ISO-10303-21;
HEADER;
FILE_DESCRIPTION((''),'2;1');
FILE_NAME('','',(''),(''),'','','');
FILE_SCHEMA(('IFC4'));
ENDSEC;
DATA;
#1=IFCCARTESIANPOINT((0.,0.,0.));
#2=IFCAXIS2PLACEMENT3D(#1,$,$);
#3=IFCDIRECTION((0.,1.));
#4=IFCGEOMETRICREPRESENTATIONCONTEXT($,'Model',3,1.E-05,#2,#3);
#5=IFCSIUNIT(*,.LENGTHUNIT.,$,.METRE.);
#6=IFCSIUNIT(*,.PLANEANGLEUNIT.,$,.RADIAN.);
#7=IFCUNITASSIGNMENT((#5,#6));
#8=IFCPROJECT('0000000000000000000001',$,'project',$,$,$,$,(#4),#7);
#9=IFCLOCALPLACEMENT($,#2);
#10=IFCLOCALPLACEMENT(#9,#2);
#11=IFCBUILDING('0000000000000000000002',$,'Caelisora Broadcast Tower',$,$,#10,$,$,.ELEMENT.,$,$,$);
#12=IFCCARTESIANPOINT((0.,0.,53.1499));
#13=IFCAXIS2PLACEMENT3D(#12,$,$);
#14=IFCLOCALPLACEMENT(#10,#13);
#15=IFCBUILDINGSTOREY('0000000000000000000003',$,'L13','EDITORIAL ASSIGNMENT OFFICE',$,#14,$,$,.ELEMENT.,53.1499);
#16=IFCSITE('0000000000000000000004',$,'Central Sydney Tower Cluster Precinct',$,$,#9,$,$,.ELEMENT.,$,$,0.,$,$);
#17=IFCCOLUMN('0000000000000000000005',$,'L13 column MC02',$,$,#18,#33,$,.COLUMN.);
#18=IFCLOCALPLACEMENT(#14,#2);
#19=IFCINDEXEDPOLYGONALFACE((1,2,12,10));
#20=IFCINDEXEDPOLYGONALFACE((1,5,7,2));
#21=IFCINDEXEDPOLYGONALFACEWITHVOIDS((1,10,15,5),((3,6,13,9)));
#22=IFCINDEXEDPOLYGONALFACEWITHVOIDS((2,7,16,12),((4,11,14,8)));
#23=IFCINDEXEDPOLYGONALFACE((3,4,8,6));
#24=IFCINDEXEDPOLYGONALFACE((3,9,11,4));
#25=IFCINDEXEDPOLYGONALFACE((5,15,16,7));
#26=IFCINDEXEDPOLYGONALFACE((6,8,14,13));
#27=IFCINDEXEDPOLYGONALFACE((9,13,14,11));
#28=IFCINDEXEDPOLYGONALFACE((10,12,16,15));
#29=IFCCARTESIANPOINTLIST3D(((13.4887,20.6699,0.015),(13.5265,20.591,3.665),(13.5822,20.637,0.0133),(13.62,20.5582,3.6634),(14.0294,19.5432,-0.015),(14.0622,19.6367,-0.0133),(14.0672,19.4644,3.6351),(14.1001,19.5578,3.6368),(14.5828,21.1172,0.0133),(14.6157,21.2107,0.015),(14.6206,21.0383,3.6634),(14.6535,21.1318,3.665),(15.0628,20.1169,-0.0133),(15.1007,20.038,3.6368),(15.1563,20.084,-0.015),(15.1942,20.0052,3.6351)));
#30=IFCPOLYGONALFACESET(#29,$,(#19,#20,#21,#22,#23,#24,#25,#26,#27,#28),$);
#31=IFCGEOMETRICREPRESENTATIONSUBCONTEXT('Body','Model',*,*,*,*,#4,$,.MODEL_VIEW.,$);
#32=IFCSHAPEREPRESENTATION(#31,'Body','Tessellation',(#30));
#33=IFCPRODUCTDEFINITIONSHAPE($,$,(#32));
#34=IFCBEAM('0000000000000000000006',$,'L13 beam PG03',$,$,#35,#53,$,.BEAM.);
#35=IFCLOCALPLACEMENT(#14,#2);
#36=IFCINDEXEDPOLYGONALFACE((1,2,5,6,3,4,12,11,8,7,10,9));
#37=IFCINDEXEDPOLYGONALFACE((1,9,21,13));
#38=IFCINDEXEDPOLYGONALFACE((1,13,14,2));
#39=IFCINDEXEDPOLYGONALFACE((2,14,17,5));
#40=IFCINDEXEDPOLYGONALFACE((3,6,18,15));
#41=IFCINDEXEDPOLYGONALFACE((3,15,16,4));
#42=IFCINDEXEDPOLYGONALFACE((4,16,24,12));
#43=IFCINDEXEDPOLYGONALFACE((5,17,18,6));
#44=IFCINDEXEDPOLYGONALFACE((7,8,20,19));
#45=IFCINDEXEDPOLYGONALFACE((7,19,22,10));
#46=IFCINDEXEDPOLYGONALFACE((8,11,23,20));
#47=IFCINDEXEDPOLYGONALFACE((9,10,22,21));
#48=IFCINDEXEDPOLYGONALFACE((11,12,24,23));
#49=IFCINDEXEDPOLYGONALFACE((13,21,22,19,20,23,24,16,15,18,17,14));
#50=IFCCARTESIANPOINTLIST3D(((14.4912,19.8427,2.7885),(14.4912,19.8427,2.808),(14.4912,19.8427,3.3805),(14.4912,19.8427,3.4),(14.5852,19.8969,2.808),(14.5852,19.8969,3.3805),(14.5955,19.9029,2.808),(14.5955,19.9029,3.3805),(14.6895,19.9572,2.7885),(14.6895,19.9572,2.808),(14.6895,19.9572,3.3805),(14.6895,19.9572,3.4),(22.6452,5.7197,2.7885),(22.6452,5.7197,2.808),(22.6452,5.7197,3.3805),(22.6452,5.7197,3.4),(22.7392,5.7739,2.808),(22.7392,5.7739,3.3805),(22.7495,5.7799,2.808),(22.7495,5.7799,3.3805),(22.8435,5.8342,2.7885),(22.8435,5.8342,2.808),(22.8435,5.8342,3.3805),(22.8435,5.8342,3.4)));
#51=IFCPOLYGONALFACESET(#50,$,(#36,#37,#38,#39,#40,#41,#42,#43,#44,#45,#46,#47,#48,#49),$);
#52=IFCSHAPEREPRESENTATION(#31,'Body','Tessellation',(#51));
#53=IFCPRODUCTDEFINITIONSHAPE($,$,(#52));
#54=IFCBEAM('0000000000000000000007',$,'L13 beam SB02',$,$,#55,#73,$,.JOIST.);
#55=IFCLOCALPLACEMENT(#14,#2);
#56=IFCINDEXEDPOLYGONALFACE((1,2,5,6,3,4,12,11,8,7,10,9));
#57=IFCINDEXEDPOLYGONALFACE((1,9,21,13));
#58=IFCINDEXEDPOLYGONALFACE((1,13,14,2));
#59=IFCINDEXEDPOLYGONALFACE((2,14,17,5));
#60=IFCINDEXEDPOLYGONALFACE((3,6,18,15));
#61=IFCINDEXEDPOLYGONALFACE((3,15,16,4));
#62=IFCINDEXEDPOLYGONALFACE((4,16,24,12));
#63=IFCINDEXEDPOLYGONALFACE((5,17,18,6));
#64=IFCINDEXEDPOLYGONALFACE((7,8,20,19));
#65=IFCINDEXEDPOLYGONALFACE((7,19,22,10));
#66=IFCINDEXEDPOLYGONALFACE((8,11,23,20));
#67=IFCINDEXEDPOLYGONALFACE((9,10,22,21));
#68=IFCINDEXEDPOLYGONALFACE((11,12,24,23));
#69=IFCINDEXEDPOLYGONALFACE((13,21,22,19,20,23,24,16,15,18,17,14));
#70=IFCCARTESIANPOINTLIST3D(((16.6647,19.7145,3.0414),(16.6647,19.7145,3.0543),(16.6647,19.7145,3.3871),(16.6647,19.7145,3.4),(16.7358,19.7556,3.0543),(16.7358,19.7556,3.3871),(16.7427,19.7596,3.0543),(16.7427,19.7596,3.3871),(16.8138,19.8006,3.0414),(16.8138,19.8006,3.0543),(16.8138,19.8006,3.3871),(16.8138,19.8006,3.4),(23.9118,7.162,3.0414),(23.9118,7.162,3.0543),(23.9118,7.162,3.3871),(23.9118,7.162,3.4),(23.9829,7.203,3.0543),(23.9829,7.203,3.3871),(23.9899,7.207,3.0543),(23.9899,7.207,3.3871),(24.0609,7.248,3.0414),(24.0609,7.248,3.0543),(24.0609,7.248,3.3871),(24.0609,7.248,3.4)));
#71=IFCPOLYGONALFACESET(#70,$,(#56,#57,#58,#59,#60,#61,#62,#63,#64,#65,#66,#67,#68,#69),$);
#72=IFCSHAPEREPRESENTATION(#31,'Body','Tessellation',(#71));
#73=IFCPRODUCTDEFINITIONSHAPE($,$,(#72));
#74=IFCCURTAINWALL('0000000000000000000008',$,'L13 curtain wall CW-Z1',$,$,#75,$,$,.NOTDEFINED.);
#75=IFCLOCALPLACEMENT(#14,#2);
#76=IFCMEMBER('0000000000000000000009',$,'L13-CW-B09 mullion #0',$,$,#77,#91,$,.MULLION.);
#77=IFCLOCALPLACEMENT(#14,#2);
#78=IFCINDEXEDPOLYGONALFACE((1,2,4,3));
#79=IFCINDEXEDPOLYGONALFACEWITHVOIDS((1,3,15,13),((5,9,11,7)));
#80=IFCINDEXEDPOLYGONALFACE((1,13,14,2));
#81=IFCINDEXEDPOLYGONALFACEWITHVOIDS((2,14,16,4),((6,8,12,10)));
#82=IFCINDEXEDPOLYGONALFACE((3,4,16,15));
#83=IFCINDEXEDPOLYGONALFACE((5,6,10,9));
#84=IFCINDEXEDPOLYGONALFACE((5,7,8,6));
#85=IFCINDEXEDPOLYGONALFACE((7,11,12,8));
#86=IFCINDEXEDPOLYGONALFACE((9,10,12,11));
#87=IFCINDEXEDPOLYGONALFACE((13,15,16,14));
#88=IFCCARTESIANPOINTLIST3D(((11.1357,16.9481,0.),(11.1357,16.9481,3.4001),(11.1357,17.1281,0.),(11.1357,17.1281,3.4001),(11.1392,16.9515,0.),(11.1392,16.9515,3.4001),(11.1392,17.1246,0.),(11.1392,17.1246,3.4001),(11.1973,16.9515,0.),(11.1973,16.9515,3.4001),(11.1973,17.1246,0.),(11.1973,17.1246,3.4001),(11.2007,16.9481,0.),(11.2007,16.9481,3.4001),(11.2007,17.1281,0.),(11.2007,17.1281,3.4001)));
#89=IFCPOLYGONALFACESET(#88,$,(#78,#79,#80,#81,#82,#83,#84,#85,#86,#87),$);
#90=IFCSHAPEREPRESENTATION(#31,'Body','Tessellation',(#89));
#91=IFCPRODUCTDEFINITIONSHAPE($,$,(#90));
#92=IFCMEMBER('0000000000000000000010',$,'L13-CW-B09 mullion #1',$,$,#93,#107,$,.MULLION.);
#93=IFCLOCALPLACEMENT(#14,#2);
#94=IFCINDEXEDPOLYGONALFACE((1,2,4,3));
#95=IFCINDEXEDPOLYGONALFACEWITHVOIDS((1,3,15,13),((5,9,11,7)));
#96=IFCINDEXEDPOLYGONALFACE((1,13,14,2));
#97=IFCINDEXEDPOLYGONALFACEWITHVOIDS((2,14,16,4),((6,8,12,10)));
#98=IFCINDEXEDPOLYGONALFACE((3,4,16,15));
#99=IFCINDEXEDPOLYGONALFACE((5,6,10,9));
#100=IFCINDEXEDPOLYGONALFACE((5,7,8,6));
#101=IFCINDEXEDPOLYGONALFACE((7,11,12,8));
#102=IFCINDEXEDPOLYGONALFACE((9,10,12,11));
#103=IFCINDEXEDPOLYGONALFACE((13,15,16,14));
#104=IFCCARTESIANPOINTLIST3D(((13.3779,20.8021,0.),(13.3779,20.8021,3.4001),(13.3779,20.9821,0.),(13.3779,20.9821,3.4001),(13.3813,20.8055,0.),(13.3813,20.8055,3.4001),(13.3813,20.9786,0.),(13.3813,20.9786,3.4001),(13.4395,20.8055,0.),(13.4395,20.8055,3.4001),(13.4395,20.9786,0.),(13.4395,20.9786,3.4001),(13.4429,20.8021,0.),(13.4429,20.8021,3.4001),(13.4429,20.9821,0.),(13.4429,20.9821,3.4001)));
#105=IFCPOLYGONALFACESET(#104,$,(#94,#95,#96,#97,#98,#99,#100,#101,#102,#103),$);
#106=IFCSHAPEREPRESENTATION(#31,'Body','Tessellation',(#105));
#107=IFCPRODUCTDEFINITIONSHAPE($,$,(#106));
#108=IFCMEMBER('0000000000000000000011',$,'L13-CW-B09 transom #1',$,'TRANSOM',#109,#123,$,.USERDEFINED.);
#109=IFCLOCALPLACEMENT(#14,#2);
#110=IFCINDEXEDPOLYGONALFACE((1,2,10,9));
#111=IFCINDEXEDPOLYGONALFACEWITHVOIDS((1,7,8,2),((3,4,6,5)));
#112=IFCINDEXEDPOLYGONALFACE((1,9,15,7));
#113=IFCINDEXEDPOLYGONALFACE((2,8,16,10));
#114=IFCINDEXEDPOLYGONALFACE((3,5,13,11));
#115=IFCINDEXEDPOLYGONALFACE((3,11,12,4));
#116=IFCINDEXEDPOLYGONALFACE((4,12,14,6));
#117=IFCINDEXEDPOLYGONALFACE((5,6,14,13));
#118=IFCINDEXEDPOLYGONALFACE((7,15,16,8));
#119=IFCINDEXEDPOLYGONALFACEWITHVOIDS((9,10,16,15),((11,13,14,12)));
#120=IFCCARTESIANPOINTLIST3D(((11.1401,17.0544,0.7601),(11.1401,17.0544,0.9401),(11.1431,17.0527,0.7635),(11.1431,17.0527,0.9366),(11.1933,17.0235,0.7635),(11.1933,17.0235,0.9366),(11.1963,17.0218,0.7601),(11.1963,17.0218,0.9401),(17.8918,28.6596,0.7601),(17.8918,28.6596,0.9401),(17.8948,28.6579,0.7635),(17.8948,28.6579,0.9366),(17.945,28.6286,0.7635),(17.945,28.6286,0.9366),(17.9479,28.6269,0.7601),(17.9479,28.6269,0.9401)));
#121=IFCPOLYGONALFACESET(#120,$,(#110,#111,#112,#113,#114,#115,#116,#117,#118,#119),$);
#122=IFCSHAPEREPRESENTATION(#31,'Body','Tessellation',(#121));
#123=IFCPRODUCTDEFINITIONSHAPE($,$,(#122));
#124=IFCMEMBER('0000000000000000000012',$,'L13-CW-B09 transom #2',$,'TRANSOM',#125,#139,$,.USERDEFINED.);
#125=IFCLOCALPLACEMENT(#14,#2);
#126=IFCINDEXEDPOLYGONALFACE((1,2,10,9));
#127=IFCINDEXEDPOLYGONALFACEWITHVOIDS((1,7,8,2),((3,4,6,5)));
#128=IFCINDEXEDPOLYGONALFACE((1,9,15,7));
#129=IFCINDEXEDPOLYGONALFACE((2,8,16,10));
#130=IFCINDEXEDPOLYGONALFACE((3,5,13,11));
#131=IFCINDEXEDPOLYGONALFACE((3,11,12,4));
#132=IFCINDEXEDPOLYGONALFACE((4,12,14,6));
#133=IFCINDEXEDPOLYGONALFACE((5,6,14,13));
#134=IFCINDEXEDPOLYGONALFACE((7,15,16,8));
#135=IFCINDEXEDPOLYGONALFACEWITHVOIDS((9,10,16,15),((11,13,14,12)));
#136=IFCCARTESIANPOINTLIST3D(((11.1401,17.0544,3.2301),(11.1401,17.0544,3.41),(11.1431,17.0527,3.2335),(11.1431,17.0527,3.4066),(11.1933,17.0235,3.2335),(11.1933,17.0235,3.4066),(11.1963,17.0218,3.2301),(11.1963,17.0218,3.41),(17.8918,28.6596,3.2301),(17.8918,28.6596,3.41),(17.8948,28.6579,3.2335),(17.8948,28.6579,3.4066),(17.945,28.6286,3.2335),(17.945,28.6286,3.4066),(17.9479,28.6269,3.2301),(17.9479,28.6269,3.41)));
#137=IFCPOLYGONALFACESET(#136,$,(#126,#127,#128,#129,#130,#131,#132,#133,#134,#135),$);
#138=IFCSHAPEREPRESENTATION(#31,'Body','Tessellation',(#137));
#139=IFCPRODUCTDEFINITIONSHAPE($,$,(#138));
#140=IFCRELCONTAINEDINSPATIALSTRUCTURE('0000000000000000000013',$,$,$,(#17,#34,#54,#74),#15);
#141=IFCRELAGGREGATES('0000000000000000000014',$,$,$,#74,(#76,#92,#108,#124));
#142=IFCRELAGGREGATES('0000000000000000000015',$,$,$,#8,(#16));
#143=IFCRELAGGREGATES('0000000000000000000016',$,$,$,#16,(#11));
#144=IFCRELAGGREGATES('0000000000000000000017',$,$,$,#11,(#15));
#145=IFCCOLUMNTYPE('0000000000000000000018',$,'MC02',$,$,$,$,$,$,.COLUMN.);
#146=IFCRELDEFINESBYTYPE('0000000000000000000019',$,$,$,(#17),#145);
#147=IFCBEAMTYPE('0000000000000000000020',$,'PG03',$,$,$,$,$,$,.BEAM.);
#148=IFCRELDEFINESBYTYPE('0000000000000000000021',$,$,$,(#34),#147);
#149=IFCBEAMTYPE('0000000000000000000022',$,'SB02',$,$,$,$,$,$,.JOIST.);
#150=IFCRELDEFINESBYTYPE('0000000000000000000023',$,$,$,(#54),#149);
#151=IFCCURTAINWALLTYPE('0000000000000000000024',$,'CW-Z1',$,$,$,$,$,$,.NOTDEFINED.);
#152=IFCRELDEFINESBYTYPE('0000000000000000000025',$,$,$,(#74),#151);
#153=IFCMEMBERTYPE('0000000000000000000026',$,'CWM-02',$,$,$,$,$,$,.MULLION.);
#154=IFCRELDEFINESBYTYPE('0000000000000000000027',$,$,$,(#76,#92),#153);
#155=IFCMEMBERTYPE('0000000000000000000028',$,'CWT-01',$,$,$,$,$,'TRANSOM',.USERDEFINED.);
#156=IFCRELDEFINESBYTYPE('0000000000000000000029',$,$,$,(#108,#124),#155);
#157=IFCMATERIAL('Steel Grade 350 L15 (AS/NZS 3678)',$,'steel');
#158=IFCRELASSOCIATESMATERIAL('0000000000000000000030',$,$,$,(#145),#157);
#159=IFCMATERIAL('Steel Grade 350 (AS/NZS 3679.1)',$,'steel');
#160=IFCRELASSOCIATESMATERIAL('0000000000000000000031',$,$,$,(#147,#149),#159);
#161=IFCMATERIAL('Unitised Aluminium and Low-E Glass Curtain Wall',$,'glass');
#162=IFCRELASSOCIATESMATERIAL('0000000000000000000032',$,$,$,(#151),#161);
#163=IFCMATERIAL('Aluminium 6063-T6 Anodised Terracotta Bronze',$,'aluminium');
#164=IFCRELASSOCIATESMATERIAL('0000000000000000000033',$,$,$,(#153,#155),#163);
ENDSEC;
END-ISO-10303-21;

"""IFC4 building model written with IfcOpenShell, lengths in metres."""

from ifc_helpers import new_model, si_unit, direction, frame, origin, origin_2d, place, context, subcontext, project, spatial, hollow_rectangle, i_section, extrude, source, transform, mapped, material, material_profile, profile_set, type_object, type_shapes, element, aggregate, save


model = new_model("IFC4")

# Units and contexts
model_context = context("Model", 3, precision=1e-05, world=origin(), true_north=direction((0.0, 1.0)))
body_context = subcontext(model_context, "Body", "Model", "MODEL_VIEW")
ifc_project = project(units=[si_unit("LENGTHUNIT", "METRE"), si_unit("PLANEANGLEUNIT", "RADIAN")], contexts=[model_context])

# Site, building, storey
site_placement = place(None, origin())
site = spatial("IfcSite", under=ifc_project, at=site_placement, Name="Central Sydney Tower Cluster Precinct", CompositionType="ELEMENT", RefElevation=0.0)
building_placement = place(site_placement, origin())
building = spatial("IfcBuilding", under=site, at=building_placement, Name="Caelisora Broadcast Tower", CompositionType="ELEMENT")
storey_placement = place(building_placement, frame((0.0, 0.0, 53.1499)))
storey = spatial("IfcBuildingStorey", under=building, at=storey_placement, Name="L13", Description="EDITORIAL ASSIGNMENT OFFICE", CompositionType="ELEMENT", Elevation=53.1499)

# Column
ifc_material_1 = material(Name="Steel Grade 350 L15 (AS/NZS 3678)", Category="steel")
ifc_material_profile_1 = material_profile(ifc_material_1, hollow_rectangle(XDim=1.25, YDim=1.25, WallThickness=0.0701, at=origin_2d()), Name="Steel Grade 350 L15 (AS/NZS 3678)")
ifc_profile_set_1 = profile_set([ifc_material_profile_1], Name="Steel Grade 350 L15 (AS/NZS 3678)")
column_type = type_object("IfcColumnType", Name="MC02", PredefinedType="COLUMN", material=ifc_profile_set_1)
shared_shape_1 = source(origin(), body_context, "Body", "SweptSolid", [
    extrude(hollow_rectangle(XDim=1.25, YDim=1.25, WallThickness=0.0701, at=origin_2d()), origin(), (0.0, 0.0, 1.0), 3.6511),
])
type_shapes(column_type, [shared_shape_1])
column_placement = place(storey_placement, frame((14.3225, 20.377, 0.0), z_axis=(0.010364, -0.021598, 0.999713), x_axis=(0.901567, 0.43264, 0.0)))
element("IfcColumn", 1, at=column_placement, inside=storey, type_object=column_type, Name="L13 column MC02", PredefinedType="COLUMN", context=body_context, shape_type="MappedRepresentation", body=[
    mapped(shared_shape_1, transform((0.0, 0.0, 0.0), scale=1.0)),
])

# Beams
ifc_material_2 = material(Name="Steel Grade 350 (AS/NZS 3679.1)", Category="steel")
ifc_material_profile_2 = material_profile(ifc_material_2, i_section(OverallWidth=0.229, OverallDepth=0.6116, WebThickness=0.012, FlangeThickness=0.0195, at=origin_2d()), Name="Steel Grade 350 (AS/NZS 3679.1)")
ifc_profile_set_2 = profile_set([ifc_material_profile_2], Name="Steel Grade 350 (AS/NZS 3679.1)")
beam_type_1 = type_object("IfcBeamType", Name="PG03", PredefinedType="BEAM", material=ifc_profile_set_2)
shared_shape_2 = source(origin(), body_context, "Body", "SweptSolid", [
    extrude(i_section(OverallWidth=0.229, OverallDepth=0.6116, WebThickness=0.012, FlangeThickness=0.0195, at=origin_2d()), origin(), (0.0, 0.0, 1.0), 16.3079),
])
type_shapes(beam_type_1, [shared_shape_2])
beam_1_placement = place(storey_placement, frame((14.5903, 19.8999, 3.0942), z_axis=(0.500005, -0.866023, 0.0), x_axis=(0.866023, 0.500005, 0.0)))
element("IfcBeam", 2, at=beam_1_placement, inside=storey, type_object=beam_type_1, Name="L13 beam PG03", PredefinedType="BEAM", context=body_context, shape_type="MappedRepresentation", body=[
    mapped(shared_shape_2, transform((0.0, 0.0, 0.0), scale=1.0)),
])
ifc_material_profile_3 = material_profile(ifc_material_2, i_section(OverallWidth=0.1721, OverallDepth=0.3586, WebThickness=0.0081, FlangeThickness=0.0129, at=origin_2d()), Name="Steel Grade 350 (AS/NZS 3679.1)")
ifc_profile_set_3 = profile_set([ifc_material_profile_3], Name="Steel Grade 350 (AS/NZS 3679.1)")
beam_type_2 = type_object("IfcBeamType", Name="SB02", PredefinedType="JOIST", material=ifc_profile_set_3)
shared_shape_3 = source(origin(), body_context, "Body", "SweptSolid", [
    extrude(i_section(OverallWidth=0.1721, OverallDepth=0.3586, WebThickness=0.0081, FlangeThickness=0.0129, at=origin_2d()), origin(), (0.0, 0.0, 1.0), 14.4944),
])
type_shapes(beam_type_2, [shared_shape_3])
beam_2_placement = place(storey_placement, frame((16.7393, 19.7576, 3.2207), z_axis=(0.499994, -0.866029, 0.0), x_axis=(0.866029, 0.499994, 0.0)))
element("IfcBeam", 3, at=beam_2_placement, inside=storey, type_object=beam_type_2, Name="L13 beam SB02", PredefinedType="JOIST", context=body_context, shape_type="MappedRepresentation", body=[
    mapped(shared_shape_3, transform((0.0, 0.0, 0.0), scale=1.0)),
])

# Curtain wall, members
ifc_material_3 = material(Name="Unitised Aluminium and Low-E Glass Curtain Wall", Category="glass")
curtain_wall_type = type_object("IfcCurtainWallType", Name="CW-Z1", PredefinedType="NOTDEFINED", material=ifc_material_3)
curtain_wall_placement = place(storey_placement, origin())
curtain_wall = element("IfcCurtainWall", 4, at=curtain_wall_placement, inside=storey, type_object=curtain_wall_type, Name="L13 curtain wall CW-Z1", PredefinedType="NOTDEFINED")
ifc_material_4 = material(Name="Aluminium 6063-T6 Anodised Terracotta Bronze", Category="aluminium")
ifc_material_profile_4 = material_profile(ifc_material_4, hollow_rectangle(XDim=0.0649, YDim=0.1799, WallThickness=0.0034, at=origin_2d()), Name="Aluminium 6063-T6 Anodised Terracotta Bronze")
ifc_profile_set_4 = profile_set([ifc_material_profile_4], Name="Aluminium 6063-T6 Anodised Terracotta Bronze")
member_type_1 = type_object("IfcMemberType", Name="CWM-02", PredefinedType="MULLION", material=ifc_profile_set_4)
shared_shape_4 = source(origin(), body_context, "Body", "SweptSolid", [
    extrude(hollow_rectangle(XDim=0.0649, YDim=0.1799, WallThickness=0.0034, at=origin_2d()), origin(), (0.0, 0.0, 1.0), 3.4001),
])
type_shapes(member_type_1, [shared_shape_4])
member_1_placement = place(storey_placement, frame((11.1682, 17.0381, 0.0), z_axis=(0.0, 0.0, 1.0), x_axis=(1.0, 0.0, 0.0)))
member_1 = element("IfcMember", 5, at=member_1_placement, type_object=member_type_1, Name="L13-CW-B09 mullion #0", PredefinedType="MULLION", context=body_context, shape_type="MappedRepresentation", body=[
    mapped(shared_shape_4, transform((0.0, 0.0, 0.0), scale=1.0)),
])
member_2_placement = place(storey_placement, frame((13.4104, 20.8921, 0.0), z_axis=(0.0, 0.0, 1.0), x_axis=(1.0, 0.0, 0.0)))
member_2 = element("IfcMember", 6, at=member_2_placement, type_object=member_type_1, Name="L13-CW-B09 mullion #1", PredefinedType="MULLION", context=body_context, shape_type="MappedRepresentation", body=[
    mapped(shared_shape_4, transform((0.0, 0.0, 0.0), scale=1.0)),
])
ifc_material_profile_5 = material_profile(ifc_material_4, hollow_rectangle(XDim=0.0649, YDim=0.1799, WallThickness=0.0034, at=origin_2d()), Name="Aluminium 6063-T6 Anodised Terracotta Bronze")
ifc_profile_set_5 = profile_set([ifc_material_profile_5], Name="Aluminium 6063-T6 Anodised Terracotta Bronze")
member_type_2 = type_object("IfcMemberType", Name="CWT-01", ElementType="TRANSOM", PredefinedType="USERDEFINED", material=ifc_profile_set_5)
shared_shape_5 = source(origin(), body_context, "Body", "SweptSolid", [
    extrude(hollow_rectangle(XDim=0.0649, YDim=0.1799, WallThickness=0.0034, at=origin_2d()), origin(), (0.0, 0.0, 1.0), 13.4263),
])
type_shapes(member_type_2, [shared_shape_5])
member_3_placement = place(storey_placement, frame((11.1682, 17.0381, 0.8501), z_axis=(0.50287, 0.864362, 0.0), x_axis=(-0.864362, 0.50287, 0.0)))
member_3 = element("IfcMember", 7, at=member_3_placement, type_object=member_type_2, Name="L13-CW-B09 transom #1", ObjectType="TRANSOM", PredefinedType="USERDEFINED", context=body_context, shape_type="MappedRepresentation", body=[
    mapped(shared_shape_5, transform((0.0, 0.0, 0.0), scale=1.0)),
])
member_4_placement = place(storey_placement, frame((11.1682, 17.0381, 3.3201), z_axis=(0.50287, 0.864362, 0.0), x_axis=(-0.864362, 0.50287, 0.0)))
member_4 = element("IfcMember", 8, at=member_4_placement, type_object=member_type_2, Name="L13-CW-B09 transom #2", ObjectType="TRANSOM", PredefinedType="USERDEFINED", context=body_context, shape_type="MappedRepresentation", body=[
    mapped(shared_shape_5, transform((0.0, 0.0, 0.0), scale=1.0)),
])

aggregate(curtain_wall, [member_1, member_2, member_3, member_4])

save(model, "model.ifc")
